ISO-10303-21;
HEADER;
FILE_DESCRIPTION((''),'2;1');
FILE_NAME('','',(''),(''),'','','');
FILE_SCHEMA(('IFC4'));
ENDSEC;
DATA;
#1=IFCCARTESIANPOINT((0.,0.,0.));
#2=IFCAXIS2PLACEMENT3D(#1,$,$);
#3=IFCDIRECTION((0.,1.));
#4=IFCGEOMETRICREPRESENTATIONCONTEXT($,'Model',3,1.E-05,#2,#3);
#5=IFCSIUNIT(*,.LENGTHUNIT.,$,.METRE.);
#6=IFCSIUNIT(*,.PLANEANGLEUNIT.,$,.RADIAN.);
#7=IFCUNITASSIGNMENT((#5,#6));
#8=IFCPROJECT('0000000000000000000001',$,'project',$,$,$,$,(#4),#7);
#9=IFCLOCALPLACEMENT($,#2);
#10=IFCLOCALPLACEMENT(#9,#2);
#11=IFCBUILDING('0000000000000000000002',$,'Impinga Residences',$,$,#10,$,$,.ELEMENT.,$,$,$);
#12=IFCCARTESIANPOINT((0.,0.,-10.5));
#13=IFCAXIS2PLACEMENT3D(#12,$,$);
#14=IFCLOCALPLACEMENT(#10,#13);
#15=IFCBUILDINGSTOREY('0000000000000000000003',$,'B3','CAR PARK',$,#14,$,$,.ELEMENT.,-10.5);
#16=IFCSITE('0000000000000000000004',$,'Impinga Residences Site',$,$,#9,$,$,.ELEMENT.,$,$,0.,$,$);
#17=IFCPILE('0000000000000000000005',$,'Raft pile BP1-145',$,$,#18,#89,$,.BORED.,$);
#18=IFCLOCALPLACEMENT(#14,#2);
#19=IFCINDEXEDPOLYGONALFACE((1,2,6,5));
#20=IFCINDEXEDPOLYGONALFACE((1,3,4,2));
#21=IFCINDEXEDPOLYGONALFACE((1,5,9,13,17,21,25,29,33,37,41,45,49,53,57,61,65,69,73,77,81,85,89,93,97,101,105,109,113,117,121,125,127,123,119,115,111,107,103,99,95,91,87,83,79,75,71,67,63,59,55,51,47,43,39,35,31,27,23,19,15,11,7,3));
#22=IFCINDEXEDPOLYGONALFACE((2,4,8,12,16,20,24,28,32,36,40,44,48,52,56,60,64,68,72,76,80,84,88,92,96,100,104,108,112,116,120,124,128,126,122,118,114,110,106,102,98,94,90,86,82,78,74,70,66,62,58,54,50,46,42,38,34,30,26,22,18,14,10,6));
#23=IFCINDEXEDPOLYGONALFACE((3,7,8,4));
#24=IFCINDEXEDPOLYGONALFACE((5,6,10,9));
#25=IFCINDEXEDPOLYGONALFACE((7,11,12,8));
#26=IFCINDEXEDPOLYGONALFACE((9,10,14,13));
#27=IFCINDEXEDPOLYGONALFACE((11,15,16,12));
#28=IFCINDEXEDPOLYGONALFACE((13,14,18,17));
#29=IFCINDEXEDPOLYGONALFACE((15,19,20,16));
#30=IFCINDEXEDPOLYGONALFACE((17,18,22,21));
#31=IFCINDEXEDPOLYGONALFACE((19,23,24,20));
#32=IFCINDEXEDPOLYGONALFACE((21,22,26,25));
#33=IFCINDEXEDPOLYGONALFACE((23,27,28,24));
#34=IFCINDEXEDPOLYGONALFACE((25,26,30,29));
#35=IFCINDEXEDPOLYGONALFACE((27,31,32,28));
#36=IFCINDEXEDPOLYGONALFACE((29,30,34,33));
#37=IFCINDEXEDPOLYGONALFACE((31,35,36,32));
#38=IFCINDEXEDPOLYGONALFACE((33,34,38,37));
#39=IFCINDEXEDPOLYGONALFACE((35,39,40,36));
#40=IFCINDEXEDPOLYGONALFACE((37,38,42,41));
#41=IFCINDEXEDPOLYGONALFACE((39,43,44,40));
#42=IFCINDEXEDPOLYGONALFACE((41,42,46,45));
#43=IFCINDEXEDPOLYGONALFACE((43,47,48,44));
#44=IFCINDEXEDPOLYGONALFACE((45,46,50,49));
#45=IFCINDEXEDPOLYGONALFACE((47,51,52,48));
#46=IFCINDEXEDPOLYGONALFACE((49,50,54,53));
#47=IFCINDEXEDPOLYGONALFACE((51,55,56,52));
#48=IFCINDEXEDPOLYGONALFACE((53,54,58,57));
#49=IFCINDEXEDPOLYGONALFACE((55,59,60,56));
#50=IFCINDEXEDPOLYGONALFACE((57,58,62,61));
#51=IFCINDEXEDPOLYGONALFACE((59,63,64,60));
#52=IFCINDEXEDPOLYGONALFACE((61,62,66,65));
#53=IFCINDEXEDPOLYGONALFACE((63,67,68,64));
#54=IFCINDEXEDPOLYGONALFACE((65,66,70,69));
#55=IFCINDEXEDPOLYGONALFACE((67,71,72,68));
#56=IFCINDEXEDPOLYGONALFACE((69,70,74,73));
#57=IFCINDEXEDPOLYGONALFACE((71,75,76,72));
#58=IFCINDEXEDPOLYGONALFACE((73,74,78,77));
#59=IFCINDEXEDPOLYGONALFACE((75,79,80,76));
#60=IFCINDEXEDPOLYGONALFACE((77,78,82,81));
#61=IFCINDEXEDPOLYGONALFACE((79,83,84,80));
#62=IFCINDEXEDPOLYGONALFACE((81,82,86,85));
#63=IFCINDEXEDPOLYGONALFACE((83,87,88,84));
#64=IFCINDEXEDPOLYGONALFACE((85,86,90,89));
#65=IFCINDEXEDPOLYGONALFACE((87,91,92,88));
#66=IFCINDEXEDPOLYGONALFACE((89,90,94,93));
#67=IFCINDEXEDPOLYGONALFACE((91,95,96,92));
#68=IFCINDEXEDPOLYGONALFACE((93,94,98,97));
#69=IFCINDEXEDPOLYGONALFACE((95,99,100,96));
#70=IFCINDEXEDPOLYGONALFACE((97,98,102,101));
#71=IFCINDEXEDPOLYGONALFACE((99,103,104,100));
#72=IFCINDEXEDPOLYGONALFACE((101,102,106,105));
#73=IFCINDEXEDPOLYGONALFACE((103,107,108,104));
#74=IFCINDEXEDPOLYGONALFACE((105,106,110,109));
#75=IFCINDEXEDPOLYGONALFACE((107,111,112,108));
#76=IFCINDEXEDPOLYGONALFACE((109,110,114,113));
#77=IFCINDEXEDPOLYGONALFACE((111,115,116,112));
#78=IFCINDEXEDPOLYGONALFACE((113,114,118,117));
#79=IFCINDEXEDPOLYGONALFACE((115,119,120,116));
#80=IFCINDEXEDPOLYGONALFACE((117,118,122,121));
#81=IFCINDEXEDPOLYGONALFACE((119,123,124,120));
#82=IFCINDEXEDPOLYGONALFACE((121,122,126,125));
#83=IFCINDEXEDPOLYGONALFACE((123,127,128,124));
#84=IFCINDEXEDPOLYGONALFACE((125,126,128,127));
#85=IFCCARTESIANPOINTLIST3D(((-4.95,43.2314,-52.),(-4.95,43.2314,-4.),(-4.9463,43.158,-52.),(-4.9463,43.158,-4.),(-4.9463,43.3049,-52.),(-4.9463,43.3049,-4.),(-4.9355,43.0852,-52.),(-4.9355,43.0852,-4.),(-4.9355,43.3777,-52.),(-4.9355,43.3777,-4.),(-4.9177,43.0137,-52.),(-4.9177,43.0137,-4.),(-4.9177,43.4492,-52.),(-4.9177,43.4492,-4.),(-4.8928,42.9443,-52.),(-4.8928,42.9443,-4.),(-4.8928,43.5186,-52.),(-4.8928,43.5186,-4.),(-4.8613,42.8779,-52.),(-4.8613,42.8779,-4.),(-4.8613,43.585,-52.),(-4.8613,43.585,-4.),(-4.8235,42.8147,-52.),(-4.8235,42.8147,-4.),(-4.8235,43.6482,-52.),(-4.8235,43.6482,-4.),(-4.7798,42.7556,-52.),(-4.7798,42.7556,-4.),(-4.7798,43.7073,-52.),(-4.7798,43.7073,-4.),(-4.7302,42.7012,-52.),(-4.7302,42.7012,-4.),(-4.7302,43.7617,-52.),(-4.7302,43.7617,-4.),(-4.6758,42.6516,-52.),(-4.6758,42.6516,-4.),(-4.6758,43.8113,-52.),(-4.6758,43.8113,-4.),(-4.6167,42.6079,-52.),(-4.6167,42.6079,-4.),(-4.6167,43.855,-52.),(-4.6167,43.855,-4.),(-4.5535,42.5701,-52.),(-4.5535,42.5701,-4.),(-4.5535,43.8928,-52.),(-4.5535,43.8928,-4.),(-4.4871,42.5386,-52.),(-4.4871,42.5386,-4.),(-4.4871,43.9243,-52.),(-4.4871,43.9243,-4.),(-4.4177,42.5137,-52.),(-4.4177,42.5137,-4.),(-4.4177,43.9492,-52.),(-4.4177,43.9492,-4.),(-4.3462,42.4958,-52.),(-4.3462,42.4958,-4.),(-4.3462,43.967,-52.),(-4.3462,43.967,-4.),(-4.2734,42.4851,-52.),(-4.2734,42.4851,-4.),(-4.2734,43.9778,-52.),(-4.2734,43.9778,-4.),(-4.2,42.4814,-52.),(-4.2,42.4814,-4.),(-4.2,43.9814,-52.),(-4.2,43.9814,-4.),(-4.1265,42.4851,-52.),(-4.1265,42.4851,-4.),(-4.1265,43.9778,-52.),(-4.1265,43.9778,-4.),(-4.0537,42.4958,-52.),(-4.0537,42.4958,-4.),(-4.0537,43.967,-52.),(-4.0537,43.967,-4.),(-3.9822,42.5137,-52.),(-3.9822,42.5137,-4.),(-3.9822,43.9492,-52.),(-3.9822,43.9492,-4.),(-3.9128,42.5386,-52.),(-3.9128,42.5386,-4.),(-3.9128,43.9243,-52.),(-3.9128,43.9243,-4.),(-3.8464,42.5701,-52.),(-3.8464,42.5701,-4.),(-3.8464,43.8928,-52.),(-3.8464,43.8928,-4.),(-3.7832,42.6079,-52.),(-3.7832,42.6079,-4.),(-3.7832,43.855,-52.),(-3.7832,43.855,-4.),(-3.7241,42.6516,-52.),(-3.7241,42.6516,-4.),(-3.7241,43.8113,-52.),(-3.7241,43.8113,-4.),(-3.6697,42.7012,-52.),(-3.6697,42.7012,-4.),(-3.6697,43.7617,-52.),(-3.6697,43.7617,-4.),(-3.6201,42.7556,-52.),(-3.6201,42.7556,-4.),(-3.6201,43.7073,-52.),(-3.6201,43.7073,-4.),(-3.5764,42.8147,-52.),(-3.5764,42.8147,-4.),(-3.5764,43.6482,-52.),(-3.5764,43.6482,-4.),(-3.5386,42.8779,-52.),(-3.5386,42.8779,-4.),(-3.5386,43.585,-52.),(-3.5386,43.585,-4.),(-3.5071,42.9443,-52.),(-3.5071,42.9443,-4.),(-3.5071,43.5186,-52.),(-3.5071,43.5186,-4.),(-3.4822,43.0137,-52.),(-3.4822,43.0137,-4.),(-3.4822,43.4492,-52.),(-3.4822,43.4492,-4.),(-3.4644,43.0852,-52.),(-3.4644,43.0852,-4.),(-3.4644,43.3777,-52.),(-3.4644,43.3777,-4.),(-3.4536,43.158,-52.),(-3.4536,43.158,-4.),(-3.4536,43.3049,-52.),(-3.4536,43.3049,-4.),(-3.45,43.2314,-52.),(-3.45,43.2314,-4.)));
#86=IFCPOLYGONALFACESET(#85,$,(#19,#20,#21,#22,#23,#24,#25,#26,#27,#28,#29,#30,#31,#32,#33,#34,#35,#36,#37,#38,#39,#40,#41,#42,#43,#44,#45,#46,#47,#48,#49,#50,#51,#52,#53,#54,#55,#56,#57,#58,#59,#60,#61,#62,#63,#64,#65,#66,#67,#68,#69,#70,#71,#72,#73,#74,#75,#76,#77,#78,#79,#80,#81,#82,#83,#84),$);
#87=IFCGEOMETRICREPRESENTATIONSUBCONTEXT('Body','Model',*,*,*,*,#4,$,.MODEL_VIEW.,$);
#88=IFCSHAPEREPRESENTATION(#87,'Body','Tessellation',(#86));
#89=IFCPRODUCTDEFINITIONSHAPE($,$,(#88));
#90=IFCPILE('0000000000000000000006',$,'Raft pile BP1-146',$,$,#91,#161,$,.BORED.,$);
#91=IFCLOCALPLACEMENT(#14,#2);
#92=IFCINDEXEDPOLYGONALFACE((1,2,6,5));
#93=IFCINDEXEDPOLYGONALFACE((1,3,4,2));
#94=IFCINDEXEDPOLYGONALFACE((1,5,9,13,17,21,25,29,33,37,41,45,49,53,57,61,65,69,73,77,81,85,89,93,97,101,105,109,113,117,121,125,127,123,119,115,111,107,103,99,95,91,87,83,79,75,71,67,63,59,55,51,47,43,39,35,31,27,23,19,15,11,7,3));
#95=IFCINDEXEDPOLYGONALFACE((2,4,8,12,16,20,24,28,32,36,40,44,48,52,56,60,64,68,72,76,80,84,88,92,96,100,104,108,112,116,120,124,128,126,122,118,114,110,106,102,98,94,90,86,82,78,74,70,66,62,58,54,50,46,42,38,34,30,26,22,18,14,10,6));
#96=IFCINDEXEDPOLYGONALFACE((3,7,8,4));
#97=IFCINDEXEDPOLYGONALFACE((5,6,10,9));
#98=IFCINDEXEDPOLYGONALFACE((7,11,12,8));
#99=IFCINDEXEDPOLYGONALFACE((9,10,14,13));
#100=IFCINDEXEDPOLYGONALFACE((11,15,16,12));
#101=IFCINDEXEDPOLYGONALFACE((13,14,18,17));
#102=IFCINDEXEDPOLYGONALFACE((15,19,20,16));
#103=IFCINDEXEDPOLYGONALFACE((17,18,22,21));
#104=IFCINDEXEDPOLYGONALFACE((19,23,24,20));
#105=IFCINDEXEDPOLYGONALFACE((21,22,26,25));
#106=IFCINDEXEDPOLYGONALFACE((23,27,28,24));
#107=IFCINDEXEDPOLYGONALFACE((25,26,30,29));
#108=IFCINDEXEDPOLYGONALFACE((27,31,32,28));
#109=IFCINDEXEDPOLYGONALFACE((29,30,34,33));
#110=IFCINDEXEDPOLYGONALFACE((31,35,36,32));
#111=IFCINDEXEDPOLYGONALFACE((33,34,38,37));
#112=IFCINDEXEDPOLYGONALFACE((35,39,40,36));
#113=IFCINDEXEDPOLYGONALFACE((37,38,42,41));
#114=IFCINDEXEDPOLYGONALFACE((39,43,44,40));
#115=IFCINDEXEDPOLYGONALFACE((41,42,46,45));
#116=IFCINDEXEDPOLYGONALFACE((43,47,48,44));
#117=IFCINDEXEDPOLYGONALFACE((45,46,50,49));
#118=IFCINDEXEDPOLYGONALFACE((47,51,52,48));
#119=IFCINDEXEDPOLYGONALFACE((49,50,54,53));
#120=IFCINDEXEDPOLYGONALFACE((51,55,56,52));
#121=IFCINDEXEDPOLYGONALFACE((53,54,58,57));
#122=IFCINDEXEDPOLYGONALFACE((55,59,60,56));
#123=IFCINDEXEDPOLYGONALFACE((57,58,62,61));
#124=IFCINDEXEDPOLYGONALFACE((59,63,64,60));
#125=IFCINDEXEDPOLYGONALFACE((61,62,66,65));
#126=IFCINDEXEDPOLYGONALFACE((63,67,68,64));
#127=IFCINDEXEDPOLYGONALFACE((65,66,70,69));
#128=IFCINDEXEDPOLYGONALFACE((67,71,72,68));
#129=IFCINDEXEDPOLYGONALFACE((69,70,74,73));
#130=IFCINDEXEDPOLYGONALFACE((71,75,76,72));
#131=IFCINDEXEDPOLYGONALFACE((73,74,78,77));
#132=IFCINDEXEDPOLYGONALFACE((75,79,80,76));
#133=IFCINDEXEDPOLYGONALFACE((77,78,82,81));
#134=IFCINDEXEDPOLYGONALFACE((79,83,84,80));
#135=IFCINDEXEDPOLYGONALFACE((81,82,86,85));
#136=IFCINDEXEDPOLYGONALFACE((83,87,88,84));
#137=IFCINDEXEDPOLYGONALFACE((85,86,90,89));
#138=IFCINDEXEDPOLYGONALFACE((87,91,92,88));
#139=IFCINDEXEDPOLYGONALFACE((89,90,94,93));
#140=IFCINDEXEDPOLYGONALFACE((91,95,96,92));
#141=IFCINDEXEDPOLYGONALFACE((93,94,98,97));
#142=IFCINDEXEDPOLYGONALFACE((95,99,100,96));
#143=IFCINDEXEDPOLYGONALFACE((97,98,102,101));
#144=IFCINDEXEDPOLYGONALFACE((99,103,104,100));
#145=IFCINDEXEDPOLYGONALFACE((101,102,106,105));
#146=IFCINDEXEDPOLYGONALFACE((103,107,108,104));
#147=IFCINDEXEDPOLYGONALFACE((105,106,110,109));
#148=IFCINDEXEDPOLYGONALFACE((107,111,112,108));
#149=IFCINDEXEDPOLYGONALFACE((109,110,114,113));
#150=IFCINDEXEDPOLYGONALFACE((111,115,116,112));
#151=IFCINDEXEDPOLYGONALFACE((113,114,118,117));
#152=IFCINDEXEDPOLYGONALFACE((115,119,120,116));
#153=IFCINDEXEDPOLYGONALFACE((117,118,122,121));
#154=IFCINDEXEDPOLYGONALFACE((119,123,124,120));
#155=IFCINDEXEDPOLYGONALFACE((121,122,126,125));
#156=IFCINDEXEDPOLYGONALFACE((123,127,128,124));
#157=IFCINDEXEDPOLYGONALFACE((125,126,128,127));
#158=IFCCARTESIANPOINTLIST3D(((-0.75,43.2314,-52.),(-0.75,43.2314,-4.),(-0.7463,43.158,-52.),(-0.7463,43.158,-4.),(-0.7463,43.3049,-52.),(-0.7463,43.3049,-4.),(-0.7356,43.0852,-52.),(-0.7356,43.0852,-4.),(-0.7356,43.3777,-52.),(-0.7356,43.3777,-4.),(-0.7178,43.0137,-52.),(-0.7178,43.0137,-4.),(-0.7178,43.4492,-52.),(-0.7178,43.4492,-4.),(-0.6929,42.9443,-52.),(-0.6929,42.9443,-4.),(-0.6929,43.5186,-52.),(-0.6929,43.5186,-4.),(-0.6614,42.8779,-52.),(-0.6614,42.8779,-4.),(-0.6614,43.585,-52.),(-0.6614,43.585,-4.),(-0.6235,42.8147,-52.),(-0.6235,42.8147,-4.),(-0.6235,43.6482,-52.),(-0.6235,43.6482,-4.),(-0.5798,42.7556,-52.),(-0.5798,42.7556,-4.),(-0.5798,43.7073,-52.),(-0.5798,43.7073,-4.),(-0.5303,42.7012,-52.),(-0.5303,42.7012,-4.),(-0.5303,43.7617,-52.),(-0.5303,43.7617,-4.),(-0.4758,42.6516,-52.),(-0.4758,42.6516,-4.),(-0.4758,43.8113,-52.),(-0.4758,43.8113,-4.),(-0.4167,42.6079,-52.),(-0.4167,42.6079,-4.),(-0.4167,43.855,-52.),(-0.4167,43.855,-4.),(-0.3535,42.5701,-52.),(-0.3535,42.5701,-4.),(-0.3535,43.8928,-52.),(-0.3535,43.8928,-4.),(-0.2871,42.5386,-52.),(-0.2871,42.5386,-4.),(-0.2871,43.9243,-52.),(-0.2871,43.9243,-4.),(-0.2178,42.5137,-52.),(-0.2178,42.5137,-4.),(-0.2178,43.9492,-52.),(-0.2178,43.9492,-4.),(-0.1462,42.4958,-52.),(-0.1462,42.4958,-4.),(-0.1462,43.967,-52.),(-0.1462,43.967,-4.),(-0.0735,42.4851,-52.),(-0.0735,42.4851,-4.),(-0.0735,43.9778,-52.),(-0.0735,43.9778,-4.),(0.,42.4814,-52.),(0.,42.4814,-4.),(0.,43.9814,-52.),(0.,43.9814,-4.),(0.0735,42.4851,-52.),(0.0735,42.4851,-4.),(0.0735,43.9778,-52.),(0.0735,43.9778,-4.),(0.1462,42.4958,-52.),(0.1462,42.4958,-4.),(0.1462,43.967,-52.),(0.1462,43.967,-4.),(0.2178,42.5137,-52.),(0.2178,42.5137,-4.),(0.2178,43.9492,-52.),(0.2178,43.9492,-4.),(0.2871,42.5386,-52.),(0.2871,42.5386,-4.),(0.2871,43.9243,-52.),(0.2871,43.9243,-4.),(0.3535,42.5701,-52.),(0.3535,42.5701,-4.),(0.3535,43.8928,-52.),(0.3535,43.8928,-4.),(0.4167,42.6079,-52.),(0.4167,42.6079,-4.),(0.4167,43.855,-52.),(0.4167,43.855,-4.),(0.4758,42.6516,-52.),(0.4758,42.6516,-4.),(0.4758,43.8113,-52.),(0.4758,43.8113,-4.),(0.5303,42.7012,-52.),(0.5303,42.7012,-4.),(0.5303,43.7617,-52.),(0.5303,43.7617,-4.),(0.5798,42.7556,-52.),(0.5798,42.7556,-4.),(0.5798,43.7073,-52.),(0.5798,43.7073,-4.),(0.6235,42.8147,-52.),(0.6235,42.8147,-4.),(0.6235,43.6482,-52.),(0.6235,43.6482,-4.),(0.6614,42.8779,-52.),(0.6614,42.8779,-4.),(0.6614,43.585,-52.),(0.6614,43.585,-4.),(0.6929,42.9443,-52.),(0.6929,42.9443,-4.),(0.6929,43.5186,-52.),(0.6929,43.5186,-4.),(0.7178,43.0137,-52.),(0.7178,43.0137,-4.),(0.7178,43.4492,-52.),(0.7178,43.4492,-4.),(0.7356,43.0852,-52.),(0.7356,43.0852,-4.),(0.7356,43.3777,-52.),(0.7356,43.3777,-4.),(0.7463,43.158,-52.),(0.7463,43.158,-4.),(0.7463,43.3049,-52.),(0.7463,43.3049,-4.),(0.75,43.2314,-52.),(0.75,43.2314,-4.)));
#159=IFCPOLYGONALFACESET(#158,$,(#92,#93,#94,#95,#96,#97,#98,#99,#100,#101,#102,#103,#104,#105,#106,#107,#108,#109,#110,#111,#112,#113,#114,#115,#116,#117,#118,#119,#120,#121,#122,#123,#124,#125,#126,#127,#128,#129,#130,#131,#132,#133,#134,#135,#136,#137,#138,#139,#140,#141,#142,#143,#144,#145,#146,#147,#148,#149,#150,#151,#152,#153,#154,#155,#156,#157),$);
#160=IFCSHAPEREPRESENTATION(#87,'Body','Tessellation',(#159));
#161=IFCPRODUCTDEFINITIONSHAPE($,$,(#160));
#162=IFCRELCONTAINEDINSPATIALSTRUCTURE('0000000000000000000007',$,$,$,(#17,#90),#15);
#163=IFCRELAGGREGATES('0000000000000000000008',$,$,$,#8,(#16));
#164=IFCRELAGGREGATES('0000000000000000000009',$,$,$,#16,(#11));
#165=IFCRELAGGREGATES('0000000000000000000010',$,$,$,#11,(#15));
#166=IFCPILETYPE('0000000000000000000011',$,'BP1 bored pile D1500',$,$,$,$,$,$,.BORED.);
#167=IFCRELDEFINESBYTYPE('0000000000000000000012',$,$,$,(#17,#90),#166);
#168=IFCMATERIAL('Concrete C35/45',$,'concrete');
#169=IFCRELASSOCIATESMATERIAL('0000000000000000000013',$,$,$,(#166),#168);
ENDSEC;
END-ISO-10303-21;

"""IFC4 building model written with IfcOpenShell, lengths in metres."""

from ifc_helpers import new_model, si_unit, direction, frame, origin, origin_2d, place, context, subcontext, project, spatial, polyline, circle, outline, extrude, material, material_profile, profile_set, type_object, element, save


model = new_model("IFC4")

# Units and contexts
model_context = context("Model", 3, precision=1e-05, world=origin(), true_north=direction((0.0, 1.0)))
body_context = subcontext(model_context, "Body", "Model", "MODEL_VIEW")
ifc_project = project(units=[si_unit("LENGTHUNIT", "METRE"), si_unit("PLANEANGLEUNIT", "RADIAN")], contexts=[model_context])

# Site, building, storey
site_placement = place(None, origin())
site = spatial("IfcSite", under=ifc_project, at=site_placement, Name="Impinga Residences Site", CompositionType="ELEMENT", RefElevation=0.0)
building_placement = place(site_placement, origin())
building = spatial("IfcBuilding", under=site, at=building_placement, Name="Impinga Residences", CompositionType="ELEMENT")
storey_placement = place(building_placement, frame((0.0, 0.0, -10.5)))
storey = spatial("IfcBuildingStorey", under=building, at=storey_placement, Name="B3", Description="CAR PARK", CompositionType="ELEMENT", Elevation=-10.5)

# Piles
ifc_material_1 = material(Name="Concrete C35/45", Category="concrete")
ifc_material_profile_1 = material_profile(ifc_material_1, circle(Radius=0.75, at=origin_2d()), Name="D1500")
ifc_profile_set_1 = profile_set([ifc_material_profile_1], Name="Concrete C35/45")
pile_type_1 = type_object("IfcPileType", Name="BP1 bored pile D1500", PredefinedType="BORED", material=ifc_profile_set_1)
pile_1_placement = place(storey_placement, frame((-4.2, 43.2314, -4.0), z_axis=(0.0, 0.0, -1.0), x_axis=(1.0, 0.0, 0.0)))
element("IfcPile", 1, at=pile_1_placement, inside=storey, type_object=pile_type_1, Name="Raft pile BP1-145", PredefinedType="BORED", context=body_context, shape_type="SweptSolid", body=[
    extrude(outline(polyline([(0.75, 0.0), (0.7463, 0.0735), (0.7356, 0.1462), (0.7178, 0.2178), (0.6929, 0.2871), (0.6614, 0.3535), (0.6235, 0.4167), (0.5798, 0.4758), (0.5303, 0.5303), (0.4758, 0.5798), (0.4167, 0.6235), (0.3535, 0.6614), (0.2871, 0.6929), (0.2178, 0.7178), (0.1462, 0.7356), (0.0735, 0.7463), (0.0, 0.75), (-0.0735, 0.7463), (-0.1462, 0.7356), (-0.2178, 0.7178), (-0.2871, 0.6929), (-0.3535, 0.6614), (-0.4167, 0.6235), (-0.4758, 0.5798), (-0.5303, 0.5303), (-0.5798, 0.4758), (-0.6235, 0.4167), (-0.6614, 0.3535), (-0.6929, 0.2871), (-0.7178, 0.2178), (-0.7356, 0.1462), (-0.7463, 0.0735), (-0.75, 0.0), (-0.7463, -0.0735), (-0.7356, -0.1462), (-0.7178, -0.2178), (-0.6929, -0.2871), (-0.6614, -0.3535), (-0.6235, -0.4167), (-0.5798, -0.4758), (-0.5303, -0.5303), (-0.4758, -0.5798), (-0.4167, -0.6235), (-0.3535, -0.6614), (-0.2871, -0.6929), (-0.2178, -0.7178), (-0.1462, -0.7356), (-0.0735, -0.7463), (0.0, -0.75), (0.0735, -0.7463), (0.1462, -0.7356), (0.2178, -0.7178), (0.2871, -0.6929), (0.3535, -0.6614), (0.4167, -0.6235), (0.4758, -0.5798), (0.5303, -0.5303), (0.5798, -0.4758), (0.6235, -0.4167), (0.6614, -0.3535), (0.6929, -0.2871), (0.7178, -0.2178), (0.7356, -0.1462), (0.7463, -0.0735), (0.75, 0.0)])), origin(), (0.0, 0.0, 1.0), 48.0),
])
pile_2_placement = place(storey_placement, frame((0.0, 43.2314, -4.0), z_axis=(0.0, 0.0, -1.0), x_axis=(1.0, 0.0, 0.0)))
element("IfcPile", 2, at=pile_2_placement, inside=storey, type_object=pile_type_1, Name="Raft pile BP1-146", PredefinedType="BORED", context=body_context, shape_type="SweptSolid", body=[
    extrude(outline(polyline([(0.75, 0.0), (0.7463, 0.0735), (0.7356, 0.1462), (0.7178, 0.2178), (0.6929, 0.2871), (0.6614, 0.3535), (0.6235, 0.4167), (0.5798, 0.4758), (0.5303, 0.5303), (0.4758, 0.5798), (0.4167, 0.6235), (0.3535, 0.6614), (0.2871, 0.6929), (0.2178, 0.7178), (0.1462, 0.7356), (0.0735, 0.7463), (0.0, 0.75), (-0.0735, 0.7463), (-0.1462, 0.7356), (-0.2178, 0.7178), (-0.2871, 0.6929), (-0.3535, 0.6614), (-0.4167, 0.6235), (-0.4758, 0.5798), (-0.5303, 0.5303), (-0.5798, 0.4758), (-0.6235, 0.4167), (-0.6614, 0.3535), (-0.6929, 0.2871), (-0.7178, 0.2178), (-0.7356, 0.1462), (-0.7463, 0.0735), (-0.75, 0.0), (-0.7463, -0.0735), (-0.7356, -0.1462), (-0.7178, -0.2178), (-0.6929, -0.2871), (-0.6614, -0.3535), (-0.6235, -0.4167), (-0.5798, -0.4758), (-0.5303, -0.5303), (-0.4758, -0.5798), (-0.4167, -0.6235), (-0.3535, -0.6614), (-0.2871, -0.6929), (-0.2178, -0.7178), (-0.1462, -0.7356), (-0.0735, -0.7463), (0.0, -0.75), (0.0735, -0.7463), (0.1462, -0.7356), (0.2178, -0.7178), (0.2871, -0.6929), (0.3535, -0.6614), (0.4167, -0.6235), (0.4758, -0.5798), (0.5303, -0.5303), (0.5798, -0.4758), (0.6235, -0.4167), (0.6614, -0.3535), (0.6929, -0.2871), (0.7178, -0.2178), (0.7356, -0.1462), (0.7463, -0.0735), (0.75, 0.0)])), origin(), (0.0, 0.0, 1.0), 48.0),
])

save(model, "model.ifc")
